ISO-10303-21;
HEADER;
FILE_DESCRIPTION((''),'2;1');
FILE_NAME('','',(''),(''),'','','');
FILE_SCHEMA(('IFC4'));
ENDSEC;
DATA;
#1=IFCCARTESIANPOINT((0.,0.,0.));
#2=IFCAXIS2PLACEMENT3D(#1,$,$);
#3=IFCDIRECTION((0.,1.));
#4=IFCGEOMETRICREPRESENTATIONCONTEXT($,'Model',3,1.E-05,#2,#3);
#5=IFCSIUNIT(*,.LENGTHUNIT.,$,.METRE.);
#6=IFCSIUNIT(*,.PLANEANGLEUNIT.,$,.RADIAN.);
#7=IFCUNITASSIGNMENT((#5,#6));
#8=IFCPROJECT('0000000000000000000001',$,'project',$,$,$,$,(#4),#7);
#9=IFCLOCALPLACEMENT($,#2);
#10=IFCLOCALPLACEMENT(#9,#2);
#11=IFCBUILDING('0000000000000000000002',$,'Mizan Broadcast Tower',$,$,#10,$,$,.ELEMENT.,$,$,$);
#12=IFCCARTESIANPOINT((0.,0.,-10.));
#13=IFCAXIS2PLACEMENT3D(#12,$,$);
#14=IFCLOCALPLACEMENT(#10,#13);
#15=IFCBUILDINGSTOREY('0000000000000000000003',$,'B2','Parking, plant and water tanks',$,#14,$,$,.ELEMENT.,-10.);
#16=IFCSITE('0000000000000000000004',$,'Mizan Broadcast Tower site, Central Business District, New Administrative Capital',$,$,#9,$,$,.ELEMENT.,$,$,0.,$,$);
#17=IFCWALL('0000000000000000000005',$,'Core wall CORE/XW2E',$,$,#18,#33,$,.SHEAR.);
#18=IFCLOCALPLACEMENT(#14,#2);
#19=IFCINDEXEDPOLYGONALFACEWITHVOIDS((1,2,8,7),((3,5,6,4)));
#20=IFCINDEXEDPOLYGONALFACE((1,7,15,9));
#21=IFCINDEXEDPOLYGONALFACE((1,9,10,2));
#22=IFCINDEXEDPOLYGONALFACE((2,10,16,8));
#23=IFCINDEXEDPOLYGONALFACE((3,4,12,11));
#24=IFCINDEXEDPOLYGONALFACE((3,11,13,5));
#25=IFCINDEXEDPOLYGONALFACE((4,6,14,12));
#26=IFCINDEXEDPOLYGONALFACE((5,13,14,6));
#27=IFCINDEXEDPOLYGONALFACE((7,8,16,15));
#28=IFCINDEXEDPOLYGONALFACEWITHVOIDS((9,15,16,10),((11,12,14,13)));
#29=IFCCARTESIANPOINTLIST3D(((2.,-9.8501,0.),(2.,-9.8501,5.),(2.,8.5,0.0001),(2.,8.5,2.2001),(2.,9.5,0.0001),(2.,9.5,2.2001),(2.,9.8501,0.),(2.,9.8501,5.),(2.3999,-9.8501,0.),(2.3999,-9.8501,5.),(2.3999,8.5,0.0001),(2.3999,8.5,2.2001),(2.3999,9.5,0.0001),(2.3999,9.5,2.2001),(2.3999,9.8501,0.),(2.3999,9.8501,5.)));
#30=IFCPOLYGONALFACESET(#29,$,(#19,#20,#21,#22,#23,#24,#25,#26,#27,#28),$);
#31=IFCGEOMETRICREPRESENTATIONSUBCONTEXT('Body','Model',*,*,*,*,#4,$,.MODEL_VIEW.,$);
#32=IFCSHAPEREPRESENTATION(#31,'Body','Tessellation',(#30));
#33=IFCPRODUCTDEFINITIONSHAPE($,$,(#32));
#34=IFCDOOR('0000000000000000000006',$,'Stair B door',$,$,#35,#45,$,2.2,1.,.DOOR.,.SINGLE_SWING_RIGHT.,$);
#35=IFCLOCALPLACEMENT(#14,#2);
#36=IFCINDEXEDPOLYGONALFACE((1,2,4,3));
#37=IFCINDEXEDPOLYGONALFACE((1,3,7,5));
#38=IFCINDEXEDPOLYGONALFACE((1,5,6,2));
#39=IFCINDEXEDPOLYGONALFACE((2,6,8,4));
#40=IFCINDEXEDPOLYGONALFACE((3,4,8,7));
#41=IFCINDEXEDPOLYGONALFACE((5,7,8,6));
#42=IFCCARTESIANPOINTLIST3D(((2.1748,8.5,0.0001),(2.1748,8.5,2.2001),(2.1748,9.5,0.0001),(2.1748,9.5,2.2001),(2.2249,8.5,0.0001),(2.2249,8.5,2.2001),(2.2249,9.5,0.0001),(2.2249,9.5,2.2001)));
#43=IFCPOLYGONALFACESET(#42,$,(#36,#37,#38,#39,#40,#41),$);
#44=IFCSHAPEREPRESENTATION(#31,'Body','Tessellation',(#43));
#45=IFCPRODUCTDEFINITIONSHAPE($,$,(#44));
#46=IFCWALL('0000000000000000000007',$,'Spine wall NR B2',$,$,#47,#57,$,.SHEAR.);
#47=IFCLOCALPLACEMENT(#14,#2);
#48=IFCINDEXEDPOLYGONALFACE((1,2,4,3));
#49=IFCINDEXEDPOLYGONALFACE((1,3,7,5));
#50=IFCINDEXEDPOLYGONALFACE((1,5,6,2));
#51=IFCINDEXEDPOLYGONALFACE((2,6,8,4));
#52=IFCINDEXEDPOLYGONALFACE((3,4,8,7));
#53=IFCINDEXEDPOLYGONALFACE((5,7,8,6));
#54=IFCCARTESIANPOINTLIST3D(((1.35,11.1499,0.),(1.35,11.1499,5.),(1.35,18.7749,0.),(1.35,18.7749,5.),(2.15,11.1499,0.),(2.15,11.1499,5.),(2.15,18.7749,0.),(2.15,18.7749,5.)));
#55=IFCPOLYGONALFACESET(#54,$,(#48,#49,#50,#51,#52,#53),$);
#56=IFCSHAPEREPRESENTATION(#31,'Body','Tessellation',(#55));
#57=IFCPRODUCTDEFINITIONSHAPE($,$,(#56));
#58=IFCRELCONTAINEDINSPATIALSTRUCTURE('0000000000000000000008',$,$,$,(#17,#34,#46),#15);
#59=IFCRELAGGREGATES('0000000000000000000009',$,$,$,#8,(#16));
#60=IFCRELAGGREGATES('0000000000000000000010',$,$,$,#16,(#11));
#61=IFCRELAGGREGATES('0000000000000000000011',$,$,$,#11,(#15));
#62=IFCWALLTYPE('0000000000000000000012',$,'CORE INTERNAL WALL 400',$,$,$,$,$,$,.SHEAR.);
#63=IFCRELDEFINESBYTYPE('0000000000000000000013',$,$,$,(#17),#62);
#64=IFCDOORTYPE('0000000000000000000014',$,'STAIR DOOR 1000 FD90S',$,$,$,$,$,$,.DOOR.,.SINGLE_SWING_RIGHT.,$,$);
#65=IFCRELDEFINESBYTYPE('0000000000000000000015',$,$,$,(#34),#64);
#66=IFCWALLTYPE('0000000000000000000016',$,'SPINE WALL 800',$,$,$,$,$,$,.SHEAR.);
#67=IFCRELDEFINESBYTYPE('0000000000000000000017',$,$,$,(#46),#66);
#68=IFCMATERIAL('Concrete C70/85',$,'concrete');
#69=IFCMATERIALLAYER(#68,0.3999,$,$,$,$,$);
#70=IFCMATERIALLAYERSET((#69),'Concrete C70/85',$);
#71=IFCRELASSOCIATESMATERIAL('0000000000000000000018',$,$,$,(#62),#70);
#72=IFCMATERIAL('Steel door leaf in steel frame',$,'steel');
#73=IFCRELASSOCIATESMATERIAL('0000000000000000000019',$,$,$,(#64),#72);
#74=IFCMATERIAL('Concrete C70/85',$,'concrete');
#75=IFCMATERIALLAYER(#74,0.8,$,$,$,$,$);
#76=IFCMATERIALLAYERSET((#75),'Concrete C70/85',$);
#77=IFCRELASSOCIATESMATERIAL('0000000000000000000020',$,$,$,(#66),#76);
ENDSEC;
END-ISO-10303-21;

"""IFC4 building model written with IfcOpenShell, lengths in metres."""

from ifc_helpers import new_model, si_unit, direction, frame, frame_2d, origin, place, context, subcontext, project, spatial, rectangle, extrude, material, layer, layer_set, type_object, element, fill, save


model = new_model("IFC4")

# Units and contexts
model_context = context("Model", 3, precision=1e-05, world=origin(), true_north=direction((0.0, 1.0)))
body_context = subcontext(model_context, "Body", "Model", "MODEL_VIEW")
ifc_project = project(units=[si_unit("LENGTHUNIT", "METRE"), si_unit("PLANEANGLEUNIT", "RADIAN")], contexts=[model_context])

# Site, building, storey
site_placement = place(None, origin())
site = spatial("IfcSite", under=ifc_project, at=site_placement, Name="Mizan Broadcast Tower site, Central Business District, New Administrative Capital", CompositionType="ELEMENT", RefElevation=0.0)
building_placement = place(site_placement, origin())
building = spatial("IfcBuilding", under=site, at=building_placement, Name="Mizan Broadcast Tower", CompositionType="ELEMENT")
storey_placement = place(building_placement, frame((0.0, 0.0, -10.0)))
storey = spatial("IfcBuildingStorey", under=building, at=storey_placement, Name="B2", Description="Parking, plant and water tanks", CompositionType="ELEMENT", Elevation=-10.0)

# Shared definitions
ifc_material_1 = material(Name="Concrete C70/85", Category="concrete")
ifc_layer_1 = layer(ifc_material_1, 0.3999)
ifc_layer_set_1 = layer_set([ifc_layer_1], Name="Concrete C70/85")
wall_type_1 = type_object("IfcWallType", Name="CORE INTERNAL WALL 400", PredefinedType="SHEAR", material=ifc_layer_set_1)

# Wall, opening, door
wall_1_placement = place(storey_placement, frame((2.2, 9.8501, 0.0), z_axis=(0.0, 0.0, 1.0), x_axis=(0.0, -1.0, 0.0)))
wall_1 = element("IfcWall", 1, at=wall_1_placement, inside=storey, type_object=wall_type_1, Name="Core wall CORE/XW2E", PredefinedType="SHEAR", context=body_context, shape_type="SweptSolid", body=[
    extrude(rectangle(XDim=19.7002, YDim=0.3999, at=frame_2d((9.8501, 0.0))), origin(), (0.0, 0.0, 1.0), 5.0),
])
opening_1_placement = place(wall_1_placement, frame((0.3501, 0.0, 0.0)))
opening_1 = element("IfcOpeningElement", 2, at=opening_1_placement, cuts=wall_1, PredefinedType="OPENING", context=body_context, shape_type="SweptSolid", body=[
    extrude(rectangle(XDim=1.0, YDim=2.2, at=frame_2d((0.5, 1.1001))), frame((0.0, 0.21, 0.0), z_axis=(0.0, -1.0, 0.0), x_axis=(1.0, 0.0, 0.0)), (0.0, 0.0, 1.0), 0.4199),
])
ifc_material_2 = material(Name="Steel door leaf in steel frame", Category="steel")
door_type_1 = type_object("IfcDoorType", Name="STAIR DOOR 1000 FD90S", OperationType="SINGLE_SWING_RIGHT", PredefinedType="DOOR", material=ifc_material_2)
door_1_placement = place(opening_1_placement, origin())
door_1 = element("IfcDoor", 3, at=door_1_placement, inside=storey, type_object=door_type_1, Name="Stair B door", OperationType="SINGLE_SWING_RIGHT", OverallHeight=2.2, OverallWidth=1.0, PredefinedType="DOOR", context=body_context, shape_type="SweptSolid", body=[
    extrude(rectangle(XDim=1.0, YDim=2.2, at=frame_2d((0.5, 1.1001))), frame((0.0, 0.0249, 0.0), z_axis=(0.0, -1.0, 0.0), x_axis=(1.0, 0.0, 0.0)), (0.0, 0.0, 1.0), 0.05),
])
fill(opening_1, door_1)

# Wall
ifc_material_3 = material(Name="Concrete C70/85", Category="concrete")
ifc_layer_2 = layer(ifc_material_3, 0.8)
ifc_layer_set_2 = layer_set([ifc_layer_2], Name="Concrete C70/85")
wall_type_2 = type_object("IfcWallType", Name="SPINE WALL 800", PredefinedType="SHEAR", material=ifc_layer_set_2)
wall_2_placement = place(storey_placement, frame((1.75, 11.1499, 0.0), z_axis=(0.0, 0.0, 1.0), x_axis=(0.0, 1.0, 0.0)))
element("IfcWall", 4, at=wall_2_placement, inside=storey, type_object=wall_type_2, Name="Spine wall NR B2", PredefinedType="SHEAR", context=body_context, shape_type="SweptSolid", body=[
    extrude(rectangle(XDim=7.625, YDim=0.8, at=frame_2d((3.8125, 0.0))), origin(), (0.0, 0.0, 1.0), 5.0),
])

save(model, "model.ifc")
